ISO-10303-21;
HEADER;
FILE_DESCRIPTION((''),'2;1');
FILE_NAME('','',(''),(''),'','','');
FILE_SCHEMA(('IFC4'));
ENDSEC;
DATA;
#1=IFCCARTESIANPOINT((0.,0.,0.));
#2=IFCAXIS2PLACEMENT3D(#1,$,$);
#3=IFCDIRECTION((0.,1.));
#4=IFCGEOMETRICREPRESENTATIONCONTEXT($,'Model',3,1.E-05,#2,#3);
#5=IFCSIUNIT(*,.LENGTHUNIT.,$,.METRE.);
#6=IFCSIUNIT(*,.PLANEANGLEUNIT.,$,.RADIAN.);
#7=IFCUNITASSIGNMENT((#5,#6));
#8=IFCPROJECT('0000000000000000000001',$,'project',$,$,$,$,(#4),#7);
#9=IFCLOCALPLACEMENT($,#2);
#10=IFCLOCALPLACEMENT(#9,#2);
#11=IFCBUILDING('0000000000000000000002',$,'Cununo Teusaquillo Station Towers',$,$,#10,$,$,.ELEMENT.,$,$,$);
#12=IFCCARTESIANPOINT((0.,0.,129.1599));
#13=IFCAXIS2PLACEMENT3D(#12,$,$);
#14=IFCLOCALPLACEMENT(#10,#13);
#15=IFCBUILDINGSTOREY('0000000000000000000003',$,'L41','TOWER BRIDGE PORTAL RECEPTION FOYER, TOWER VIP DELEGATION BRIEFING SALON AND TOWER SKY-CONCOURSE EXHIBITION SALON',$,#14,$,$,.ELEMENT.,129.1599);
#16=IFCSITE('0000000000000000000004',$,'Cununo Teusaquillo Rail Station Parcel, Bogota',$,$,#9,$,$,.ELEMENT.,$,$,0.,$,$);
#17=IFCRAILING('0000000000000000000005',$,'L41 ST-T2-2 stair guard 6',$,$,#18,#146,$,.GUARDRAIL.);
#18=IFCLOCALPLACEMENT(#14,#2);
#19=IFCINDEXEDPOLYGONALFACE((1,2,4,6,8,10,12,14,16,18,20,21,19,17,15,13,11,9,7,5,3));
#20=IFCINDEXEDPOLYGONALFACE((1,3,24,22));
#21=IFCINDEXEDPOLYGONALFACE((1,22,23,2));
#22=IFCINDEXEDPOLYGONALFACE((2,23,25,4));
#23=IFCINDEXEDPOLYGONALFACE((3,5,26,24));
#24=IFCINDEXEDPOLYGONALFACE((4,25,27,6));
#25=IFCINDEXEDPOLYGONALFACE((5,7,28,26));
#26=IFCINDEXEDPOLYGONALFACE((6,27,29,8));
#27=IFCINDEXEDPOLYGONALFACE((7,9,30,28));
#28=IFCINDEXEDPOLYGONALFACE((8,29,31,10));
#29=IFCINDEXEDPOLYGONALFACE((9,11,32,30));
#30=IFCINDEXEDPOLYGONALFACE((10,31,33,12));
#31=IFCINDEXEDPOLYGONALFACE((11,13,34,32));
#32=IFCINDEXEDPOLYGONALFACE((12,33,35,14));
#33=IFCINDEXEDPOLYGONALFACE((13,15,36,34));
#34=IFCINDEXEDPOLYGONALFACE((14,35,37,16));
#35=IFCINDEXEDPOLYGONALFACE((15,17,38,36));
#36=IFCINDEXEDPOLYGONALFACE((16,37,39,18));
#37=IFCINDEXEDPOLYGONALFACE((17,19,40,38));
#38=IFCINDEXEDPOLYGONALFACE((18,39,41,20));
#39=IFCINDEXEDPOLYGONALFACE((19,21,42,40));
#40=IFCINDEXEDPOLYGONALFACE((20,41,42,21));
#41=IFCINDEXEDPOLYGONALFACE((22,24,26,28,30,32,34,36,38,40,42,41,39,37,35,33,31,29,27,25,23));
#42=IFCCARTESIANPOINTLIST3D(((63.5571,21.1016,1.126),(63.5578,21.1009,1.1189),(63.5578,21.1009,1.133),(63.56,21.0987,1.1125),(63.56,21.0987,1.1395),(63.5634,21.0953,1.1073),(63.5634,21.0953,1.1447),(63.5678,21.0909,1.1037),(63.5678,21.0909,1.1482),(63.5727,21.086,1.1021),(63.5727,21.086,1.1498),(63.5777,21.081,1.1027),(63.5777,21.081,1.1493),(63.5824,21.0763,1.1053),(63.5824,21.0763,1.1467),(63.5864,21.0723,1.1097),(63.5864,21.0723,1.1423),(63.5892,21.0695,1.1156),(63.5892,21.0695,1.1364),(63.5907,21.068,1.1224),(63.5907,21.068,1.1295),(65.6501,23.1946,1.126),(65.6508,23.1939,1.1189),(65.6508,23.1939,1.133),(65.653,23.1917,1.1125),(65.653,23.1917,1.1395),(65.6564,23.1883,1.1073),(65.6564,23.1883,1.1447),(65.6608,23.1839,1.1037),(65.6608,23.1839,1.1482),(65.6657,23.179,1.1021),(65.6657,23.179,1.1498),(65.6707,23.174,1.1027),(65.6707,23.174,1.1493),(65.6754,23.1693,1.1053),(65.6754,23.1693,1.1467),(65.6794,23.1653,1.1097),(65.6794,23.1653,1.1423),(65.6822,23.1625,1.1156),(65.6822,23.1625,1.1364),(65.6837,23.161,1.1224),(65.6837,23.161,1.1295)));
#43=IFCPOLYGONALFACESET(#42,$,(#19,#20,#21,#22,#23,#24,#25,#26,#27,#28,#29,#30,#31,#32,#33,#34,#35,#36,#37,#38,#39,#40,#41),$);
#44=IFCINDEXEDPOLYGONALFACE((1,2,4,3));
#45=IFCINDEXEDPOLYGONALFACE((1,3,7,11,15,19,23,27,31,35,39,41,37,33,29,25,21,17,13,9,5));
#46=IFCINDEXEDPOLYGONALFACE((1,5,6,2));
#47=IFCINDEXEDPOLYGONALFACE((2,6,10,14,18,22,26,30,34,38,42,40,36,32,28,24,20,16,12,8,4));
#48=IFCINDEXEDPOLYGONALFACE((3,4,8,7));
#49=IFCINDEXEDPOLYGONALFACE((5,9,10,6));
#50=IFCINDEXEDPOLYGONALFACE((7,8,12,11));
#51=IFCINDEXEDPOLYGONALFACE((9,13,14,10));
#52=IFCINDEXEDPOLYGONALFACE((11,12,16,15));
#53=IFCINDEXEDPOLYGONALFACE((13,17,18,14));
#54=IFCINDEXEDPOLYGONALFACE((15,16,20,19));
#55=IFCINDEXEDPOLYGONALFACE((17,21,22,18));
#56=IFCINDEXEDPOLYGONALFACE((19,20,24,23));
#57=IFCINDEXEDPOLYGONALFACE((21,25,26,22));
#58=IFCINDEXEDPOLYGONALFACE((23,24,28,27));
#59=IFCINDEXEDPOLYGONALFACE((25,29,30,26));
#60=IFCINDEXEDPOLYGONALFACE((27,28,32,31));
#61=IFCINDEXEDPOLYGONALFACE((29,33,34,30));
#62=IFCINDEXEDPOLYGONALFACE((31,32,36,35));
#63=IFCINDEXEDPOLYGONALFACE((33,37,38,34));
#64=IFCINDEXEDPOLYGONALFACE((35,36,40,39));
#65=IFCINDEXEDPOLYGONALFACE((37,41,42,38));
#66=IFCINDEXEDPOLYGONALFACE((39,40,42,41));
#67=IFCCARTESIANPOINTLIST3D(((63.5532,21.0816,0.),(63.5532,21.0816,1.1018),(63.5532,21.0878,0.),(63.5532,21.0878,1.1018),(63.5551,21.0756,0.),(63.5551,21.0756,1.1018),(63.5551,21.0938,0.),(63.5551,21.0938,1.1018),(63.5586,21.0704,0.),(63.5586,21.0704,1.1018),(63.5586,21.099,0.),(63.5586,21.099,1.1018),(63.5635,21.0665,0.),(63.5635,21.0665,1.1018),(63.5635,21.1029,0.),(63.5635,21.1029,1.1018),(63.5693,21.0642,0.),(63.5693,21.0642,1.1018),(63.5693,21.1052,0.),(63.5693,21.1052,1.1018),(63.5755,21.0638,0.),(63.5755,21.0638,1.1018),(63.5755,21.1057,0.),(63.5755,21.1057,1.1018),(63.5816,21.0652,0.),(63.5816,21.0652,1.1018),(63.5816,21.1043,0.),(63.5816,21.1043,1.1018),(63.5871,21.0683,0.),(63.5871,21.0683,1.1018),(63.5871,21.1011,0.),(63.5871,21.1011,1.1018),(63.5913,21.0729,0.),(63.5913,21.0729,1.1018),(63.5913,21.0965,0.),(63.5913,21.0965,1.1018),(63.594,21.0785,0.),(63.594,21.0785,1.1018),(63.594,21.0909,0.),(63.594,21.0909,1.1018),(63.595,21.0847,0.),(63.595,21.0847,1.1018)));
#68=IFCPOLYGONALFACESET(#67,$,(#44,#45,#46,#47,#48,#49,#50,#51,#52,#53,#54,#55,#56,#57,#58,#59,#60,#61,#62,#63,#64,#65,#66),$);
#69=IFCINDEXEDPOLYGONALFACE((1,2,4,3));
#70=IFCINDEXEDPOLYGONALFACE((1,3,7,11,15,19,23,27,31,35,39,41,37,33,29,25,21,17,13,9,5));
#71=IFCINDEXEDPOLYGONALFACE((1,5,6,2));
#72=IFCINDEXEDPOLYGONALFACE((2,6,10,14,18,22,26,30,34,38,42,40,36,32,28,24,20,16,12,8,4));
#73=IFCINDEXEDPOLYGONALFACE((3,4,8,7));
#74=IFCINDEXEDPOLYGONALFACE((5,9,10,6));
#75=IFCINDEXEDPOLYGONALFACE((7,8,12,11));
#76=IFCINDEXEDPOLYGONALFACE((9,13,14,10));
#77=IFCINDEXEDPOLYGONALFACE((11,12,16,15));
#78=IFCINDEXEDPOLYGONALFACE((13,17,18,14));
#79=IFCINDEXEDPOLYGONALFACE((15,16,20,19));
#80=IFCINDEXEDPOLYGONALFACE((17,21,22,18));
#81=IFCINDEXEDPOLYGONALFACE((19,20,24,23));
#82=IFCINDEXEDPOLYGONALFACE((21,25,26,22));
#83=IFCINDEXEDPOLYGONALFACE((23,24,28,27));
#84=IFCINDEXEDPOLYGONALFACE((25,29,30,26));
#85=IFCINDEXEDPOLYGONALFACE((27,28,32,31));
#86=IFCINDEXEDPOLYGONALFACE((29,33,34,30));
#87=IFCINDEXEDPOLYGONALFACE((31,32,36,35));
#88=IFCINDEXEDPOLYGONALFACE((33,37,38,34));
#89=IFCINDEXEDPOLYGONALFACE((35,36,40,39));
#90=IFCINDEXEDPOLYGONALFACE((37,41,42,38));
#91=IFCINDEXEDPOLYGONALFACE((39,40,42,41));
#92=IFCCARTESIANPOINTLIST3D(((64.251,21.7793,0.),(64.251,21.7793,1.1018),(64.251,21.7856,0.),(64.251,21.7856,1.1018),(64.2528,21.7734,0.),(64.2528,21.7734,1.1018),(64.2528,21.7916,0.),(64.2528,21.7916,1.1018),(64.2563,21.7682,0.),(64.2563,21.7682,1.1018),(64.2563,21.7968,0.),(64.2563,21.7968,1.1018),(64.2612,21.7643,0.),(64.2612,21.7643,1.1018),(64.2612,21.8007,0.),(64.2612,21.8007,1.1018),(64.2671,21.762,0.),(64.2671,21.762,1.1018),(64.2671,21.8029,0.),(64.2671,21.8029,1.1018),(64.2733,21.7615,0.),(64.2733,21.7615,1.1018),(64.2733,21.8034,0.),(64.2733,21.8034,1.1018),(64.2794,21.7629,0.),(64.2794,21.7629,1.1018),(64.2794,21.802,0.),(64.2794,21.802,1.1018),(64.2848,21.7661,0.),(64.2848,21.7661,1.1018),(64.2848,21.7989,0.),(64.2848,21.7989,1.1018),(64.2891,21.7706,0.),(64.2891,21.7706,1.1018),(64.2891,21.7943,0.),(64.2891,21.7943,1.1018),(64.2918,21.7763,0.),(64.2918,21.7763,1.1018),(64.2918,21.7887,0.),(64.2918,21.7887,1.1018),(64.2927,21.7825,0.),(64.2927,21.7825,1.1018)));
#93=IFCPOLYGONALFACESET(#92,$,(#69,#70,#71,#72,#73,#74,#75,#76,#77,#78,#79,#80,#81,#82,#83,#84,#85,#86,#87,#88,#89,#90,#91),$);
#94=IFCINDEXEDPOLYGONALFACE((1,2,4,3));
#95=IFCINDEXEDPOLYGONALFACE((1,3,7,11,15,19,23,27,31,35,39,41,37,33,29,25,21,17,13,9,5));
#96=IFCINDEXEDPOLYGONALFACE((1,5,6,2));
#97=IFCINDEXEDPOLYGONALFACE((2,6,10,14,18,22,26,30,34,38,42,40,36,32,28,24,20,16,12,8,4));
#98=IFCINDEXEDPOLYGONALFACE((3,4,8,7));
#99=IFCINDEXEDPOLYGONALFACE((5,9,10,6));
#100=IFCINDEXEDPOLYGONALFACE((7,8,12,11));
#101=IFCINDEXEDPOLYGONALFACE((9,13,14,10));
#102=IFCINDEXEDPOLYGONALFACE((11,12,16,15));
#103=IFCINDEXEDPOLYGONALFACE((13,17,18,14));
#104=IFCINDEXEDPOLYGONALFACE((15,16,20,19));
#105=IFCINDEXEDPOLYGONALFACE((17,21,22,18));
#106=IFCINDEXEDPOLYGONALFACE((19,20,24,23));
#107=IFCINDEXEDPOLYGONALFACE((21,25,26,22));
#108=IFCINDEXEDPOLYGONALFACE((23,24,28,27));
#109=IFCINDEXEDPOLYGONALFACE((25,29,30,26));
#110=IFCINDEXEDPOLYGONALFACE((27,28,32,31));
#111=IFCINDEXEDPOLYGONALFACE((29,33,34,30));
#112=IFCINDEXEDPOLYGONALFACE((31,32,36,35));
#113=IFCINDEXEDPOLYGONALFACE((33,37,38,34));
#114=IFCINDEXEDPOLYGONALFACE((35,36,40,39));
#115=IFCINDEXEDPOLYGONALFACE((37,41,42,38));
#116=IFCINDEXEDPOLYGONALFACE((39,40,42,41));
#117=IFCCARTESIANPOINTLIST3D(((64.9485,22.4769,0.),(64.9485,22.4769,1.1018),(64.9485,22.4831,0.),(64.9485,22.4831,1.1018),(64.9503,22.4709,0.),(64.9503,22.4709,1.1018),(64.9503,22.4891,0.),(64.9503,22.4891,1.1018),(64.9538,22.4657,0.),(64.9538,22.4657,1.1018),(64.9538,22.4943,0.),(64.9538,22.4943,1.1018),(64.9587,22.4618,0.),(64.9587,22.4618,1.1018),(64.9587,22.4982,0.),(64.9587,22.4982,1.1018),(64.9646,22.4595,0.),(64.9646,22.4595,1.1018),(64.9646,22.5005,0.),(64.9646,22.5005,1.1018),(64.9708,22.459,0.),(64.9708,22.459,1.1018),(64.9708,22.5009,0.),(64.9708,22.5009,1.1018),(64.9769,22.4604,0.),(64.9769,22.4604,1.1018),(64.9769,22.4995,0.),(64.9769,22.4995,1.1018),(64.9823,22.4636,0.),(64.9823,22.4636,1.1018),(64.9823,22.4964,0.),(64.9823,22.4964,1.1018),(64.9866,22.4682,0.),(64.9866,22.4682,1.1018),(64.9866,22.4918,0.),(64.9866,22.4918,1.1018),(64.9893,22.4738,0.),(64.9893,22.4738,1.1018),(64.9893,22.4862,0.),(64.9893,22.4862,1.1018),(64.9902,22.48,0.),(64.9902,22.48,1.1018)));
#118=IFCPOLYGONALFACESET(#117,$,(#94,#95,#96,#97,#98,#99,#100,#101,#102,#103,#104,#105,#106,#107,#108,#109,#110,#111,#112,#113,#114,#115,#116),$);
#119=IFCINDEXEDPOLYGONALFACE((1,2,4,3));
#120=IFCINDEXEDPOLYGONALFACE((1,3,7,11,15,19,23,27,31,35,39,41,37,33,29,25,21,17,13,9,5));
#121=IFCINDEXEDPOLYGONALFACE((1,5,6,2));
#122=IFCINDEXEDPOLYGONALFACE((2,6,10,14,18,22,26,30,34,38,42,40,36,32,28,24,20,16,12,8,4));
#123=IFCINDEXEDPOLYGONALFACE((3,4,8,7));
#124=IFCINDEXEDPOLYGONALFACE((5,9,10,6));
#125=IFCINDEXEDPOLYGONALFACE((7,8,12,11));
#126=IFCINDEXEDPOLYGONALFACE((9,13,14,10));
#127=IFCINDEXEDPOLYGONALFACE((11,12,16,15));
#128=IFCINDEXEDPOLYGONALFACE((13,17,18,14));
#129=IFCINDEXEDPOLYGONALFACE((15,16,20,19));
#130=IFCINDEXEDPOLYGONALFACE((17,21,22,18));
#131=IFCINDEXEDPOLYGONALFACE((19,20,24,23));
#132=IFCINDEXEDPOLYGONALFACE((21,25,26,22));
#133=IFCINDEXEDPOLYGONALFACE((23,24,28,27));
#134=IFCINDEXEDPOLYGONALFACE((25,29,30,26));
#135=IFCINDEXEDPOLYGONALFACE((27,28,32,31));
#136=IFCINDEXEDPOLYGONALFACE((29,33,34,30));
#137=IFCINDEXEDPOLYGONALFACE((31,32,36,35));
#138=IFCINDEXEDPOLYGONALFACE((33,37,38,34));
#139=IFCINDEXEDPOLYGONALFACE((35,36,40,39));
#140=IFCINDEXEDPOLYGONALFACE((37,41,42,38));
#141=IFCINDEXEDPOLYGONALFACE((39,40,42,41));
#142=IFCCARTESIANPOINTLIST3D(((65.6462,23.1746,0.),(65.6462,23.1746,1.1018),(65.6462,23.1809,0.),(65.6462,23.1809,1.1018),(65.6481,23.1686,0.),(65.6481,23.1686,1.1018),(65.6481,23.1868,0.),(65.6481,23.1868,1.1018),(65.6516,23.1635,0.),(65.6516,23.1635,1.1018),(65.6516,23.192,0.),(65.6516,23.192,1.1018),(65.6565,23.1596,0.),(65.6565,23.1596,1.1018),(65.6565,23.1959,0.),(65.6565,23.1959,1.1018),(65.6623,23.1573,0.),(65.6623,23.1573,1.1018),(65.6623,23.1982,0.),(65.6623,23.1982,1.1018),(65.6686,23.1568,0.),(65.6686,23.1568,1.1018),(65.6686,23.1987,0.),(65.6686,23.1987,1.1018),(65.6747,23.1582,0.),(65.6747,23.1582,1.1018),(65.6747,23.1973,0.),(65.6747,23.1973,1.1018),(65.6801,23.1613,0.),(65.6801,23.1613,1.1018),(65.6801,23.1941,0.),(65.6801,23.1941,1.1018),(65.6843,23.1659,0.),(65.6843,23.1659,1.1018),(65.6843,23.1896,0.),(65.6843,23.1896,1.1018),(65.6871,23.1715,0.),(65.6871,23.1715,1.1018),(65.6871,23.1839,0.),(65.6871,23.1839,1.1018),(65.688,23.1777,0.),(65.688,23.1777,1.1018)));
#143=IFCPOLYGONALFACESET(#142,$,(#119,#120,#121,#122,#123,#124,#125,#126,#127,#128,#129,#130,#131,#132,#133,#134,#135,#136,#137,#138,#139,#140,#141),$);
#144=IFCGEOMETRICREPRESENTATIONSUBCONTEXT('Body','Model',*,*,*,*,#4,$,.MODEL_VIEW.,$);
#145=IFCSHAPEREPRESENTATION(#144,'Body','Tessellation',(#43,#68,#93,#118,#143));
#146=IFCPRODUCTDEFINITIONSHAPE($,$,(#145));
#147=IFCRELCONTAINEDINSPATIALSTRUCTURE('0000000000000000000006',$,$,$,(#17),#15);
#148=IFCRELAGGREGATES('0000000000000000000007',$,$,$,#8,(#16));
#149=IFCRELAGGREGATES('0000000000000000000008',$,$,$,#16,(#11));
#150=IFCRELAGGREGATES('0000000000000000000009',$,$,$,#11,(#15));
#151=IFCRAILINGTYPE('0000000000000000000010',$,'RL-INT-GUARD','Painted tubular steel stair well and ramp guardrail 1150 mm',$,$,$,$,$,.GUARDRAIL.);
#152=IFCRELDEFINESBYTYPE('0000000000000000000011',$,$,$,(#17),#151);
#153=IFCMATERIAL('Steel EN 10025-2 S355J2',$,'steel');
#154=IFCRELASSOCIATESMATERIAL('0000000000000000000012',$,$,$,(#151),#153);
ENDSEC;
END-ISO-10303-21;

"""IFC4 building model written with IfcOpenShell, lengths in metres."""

from ifc_helpers import new_model, si_unit, direction, frame, origin, origin_2d, place, context, subcontext, project, spatial, circle, extrude, material, type_object, element, save


model = new_model("IFC4")

# Units and contexts
model_context = context("Model", 3, precision=1e-05, world=origin(), true_north=direction((0.0, 1.0)))
body_context = subcontext(model_context, "Body", "Model", "MODEL_VIEW")
ifc_project = project(units=[si_unit("LENGTHUNIT", "METRE"), si_unit("PLANEANGLEUNIT", "RADIAN")], contexts=[model_context])

# Site, building, storey
site_placement = place(None, origin())
site = spatial("IfcSite", under=ifc_project, at=site_placement, Name="Cununo Teusaquillo Rail Station Parcel, Bogota", CompositionType="ELEMENT", RefElevation=0.0)
building_placement = place(site_placement, origin())
building = spatial("IfcBuilding", under=site, at=building_placement, Name="Cununo Teusaquillo Station Towers", CompositionType="ELEMENT")
storey_placement = place(building_placement, frame((0.0, 0.0, 129.1599)))
storey = spatial("IfcBuildingStorey", under=building, at=storey_placement, Name="L41", Description="TOWER BRIDGE PORTAL RECEPTION FOYER, TOWER VIP DELEGATION BRIEFING SALON AND TOWER SKY-CONCOURSE EXHIBITION SALON", CompositionType="ELEMENT", Elevation=129.1599)

# Railing
ifc_material_1 = material(Name="Steel EN 10025-2 S355J2", Category="steel")
railing_type = type_object("IfcRailingType", Name="RL-INT-GUARD", Description="Painted tubular steel stair well and ramp guardrail 1150 mm", PredefinedType="GUARDRAIL", material=ifc_material_1)
railing_1_placement = place(storey_placement, frame((63.574, 21.0847, 0.0)))
element("IfcRailing", 1, at=railing_1_placement, inside=storey, type_object=railing_type, Name="L41 ST-T2-2 stair guard 6", PredefinedType="GUARDRAIL", context=body_context, shape_type="SweptSolid", body=[
    extrude(circle(Radius=0.0239, at=origin_2d()), frame((0.0, 0.0, 1.126), z_axis=(0.707107, 0.707107, 0.0), x_axis=(-0.707107, 0.707107, 0.0)), (0.0, 0.0, 1.0), 2.96),
    extrude(circle(Radius=0.021, at=origin_2d()), origin(), (0.0, 0.0, 1.0), 1.1018),
    extrude(circle(Radius=0.021, at=origin_2d()), frame((0.6978, 0.6978, 0.0)), (0.0, 0.0, 1.0), 1.1018),
    extrude(circle(Radius=0.021, at=origin_2d()), frame((1.3953, 1.3953, 0.0)), (0.0, 0.0, 1.0), 1.1018),
    extrude(circle(Radius=0.021, at=origin_2d()), frame((2.093, 2.093, 0.0)), (0.0, 0.0, 1.0), 1.1018),
])

save(model, "model.ifc")
